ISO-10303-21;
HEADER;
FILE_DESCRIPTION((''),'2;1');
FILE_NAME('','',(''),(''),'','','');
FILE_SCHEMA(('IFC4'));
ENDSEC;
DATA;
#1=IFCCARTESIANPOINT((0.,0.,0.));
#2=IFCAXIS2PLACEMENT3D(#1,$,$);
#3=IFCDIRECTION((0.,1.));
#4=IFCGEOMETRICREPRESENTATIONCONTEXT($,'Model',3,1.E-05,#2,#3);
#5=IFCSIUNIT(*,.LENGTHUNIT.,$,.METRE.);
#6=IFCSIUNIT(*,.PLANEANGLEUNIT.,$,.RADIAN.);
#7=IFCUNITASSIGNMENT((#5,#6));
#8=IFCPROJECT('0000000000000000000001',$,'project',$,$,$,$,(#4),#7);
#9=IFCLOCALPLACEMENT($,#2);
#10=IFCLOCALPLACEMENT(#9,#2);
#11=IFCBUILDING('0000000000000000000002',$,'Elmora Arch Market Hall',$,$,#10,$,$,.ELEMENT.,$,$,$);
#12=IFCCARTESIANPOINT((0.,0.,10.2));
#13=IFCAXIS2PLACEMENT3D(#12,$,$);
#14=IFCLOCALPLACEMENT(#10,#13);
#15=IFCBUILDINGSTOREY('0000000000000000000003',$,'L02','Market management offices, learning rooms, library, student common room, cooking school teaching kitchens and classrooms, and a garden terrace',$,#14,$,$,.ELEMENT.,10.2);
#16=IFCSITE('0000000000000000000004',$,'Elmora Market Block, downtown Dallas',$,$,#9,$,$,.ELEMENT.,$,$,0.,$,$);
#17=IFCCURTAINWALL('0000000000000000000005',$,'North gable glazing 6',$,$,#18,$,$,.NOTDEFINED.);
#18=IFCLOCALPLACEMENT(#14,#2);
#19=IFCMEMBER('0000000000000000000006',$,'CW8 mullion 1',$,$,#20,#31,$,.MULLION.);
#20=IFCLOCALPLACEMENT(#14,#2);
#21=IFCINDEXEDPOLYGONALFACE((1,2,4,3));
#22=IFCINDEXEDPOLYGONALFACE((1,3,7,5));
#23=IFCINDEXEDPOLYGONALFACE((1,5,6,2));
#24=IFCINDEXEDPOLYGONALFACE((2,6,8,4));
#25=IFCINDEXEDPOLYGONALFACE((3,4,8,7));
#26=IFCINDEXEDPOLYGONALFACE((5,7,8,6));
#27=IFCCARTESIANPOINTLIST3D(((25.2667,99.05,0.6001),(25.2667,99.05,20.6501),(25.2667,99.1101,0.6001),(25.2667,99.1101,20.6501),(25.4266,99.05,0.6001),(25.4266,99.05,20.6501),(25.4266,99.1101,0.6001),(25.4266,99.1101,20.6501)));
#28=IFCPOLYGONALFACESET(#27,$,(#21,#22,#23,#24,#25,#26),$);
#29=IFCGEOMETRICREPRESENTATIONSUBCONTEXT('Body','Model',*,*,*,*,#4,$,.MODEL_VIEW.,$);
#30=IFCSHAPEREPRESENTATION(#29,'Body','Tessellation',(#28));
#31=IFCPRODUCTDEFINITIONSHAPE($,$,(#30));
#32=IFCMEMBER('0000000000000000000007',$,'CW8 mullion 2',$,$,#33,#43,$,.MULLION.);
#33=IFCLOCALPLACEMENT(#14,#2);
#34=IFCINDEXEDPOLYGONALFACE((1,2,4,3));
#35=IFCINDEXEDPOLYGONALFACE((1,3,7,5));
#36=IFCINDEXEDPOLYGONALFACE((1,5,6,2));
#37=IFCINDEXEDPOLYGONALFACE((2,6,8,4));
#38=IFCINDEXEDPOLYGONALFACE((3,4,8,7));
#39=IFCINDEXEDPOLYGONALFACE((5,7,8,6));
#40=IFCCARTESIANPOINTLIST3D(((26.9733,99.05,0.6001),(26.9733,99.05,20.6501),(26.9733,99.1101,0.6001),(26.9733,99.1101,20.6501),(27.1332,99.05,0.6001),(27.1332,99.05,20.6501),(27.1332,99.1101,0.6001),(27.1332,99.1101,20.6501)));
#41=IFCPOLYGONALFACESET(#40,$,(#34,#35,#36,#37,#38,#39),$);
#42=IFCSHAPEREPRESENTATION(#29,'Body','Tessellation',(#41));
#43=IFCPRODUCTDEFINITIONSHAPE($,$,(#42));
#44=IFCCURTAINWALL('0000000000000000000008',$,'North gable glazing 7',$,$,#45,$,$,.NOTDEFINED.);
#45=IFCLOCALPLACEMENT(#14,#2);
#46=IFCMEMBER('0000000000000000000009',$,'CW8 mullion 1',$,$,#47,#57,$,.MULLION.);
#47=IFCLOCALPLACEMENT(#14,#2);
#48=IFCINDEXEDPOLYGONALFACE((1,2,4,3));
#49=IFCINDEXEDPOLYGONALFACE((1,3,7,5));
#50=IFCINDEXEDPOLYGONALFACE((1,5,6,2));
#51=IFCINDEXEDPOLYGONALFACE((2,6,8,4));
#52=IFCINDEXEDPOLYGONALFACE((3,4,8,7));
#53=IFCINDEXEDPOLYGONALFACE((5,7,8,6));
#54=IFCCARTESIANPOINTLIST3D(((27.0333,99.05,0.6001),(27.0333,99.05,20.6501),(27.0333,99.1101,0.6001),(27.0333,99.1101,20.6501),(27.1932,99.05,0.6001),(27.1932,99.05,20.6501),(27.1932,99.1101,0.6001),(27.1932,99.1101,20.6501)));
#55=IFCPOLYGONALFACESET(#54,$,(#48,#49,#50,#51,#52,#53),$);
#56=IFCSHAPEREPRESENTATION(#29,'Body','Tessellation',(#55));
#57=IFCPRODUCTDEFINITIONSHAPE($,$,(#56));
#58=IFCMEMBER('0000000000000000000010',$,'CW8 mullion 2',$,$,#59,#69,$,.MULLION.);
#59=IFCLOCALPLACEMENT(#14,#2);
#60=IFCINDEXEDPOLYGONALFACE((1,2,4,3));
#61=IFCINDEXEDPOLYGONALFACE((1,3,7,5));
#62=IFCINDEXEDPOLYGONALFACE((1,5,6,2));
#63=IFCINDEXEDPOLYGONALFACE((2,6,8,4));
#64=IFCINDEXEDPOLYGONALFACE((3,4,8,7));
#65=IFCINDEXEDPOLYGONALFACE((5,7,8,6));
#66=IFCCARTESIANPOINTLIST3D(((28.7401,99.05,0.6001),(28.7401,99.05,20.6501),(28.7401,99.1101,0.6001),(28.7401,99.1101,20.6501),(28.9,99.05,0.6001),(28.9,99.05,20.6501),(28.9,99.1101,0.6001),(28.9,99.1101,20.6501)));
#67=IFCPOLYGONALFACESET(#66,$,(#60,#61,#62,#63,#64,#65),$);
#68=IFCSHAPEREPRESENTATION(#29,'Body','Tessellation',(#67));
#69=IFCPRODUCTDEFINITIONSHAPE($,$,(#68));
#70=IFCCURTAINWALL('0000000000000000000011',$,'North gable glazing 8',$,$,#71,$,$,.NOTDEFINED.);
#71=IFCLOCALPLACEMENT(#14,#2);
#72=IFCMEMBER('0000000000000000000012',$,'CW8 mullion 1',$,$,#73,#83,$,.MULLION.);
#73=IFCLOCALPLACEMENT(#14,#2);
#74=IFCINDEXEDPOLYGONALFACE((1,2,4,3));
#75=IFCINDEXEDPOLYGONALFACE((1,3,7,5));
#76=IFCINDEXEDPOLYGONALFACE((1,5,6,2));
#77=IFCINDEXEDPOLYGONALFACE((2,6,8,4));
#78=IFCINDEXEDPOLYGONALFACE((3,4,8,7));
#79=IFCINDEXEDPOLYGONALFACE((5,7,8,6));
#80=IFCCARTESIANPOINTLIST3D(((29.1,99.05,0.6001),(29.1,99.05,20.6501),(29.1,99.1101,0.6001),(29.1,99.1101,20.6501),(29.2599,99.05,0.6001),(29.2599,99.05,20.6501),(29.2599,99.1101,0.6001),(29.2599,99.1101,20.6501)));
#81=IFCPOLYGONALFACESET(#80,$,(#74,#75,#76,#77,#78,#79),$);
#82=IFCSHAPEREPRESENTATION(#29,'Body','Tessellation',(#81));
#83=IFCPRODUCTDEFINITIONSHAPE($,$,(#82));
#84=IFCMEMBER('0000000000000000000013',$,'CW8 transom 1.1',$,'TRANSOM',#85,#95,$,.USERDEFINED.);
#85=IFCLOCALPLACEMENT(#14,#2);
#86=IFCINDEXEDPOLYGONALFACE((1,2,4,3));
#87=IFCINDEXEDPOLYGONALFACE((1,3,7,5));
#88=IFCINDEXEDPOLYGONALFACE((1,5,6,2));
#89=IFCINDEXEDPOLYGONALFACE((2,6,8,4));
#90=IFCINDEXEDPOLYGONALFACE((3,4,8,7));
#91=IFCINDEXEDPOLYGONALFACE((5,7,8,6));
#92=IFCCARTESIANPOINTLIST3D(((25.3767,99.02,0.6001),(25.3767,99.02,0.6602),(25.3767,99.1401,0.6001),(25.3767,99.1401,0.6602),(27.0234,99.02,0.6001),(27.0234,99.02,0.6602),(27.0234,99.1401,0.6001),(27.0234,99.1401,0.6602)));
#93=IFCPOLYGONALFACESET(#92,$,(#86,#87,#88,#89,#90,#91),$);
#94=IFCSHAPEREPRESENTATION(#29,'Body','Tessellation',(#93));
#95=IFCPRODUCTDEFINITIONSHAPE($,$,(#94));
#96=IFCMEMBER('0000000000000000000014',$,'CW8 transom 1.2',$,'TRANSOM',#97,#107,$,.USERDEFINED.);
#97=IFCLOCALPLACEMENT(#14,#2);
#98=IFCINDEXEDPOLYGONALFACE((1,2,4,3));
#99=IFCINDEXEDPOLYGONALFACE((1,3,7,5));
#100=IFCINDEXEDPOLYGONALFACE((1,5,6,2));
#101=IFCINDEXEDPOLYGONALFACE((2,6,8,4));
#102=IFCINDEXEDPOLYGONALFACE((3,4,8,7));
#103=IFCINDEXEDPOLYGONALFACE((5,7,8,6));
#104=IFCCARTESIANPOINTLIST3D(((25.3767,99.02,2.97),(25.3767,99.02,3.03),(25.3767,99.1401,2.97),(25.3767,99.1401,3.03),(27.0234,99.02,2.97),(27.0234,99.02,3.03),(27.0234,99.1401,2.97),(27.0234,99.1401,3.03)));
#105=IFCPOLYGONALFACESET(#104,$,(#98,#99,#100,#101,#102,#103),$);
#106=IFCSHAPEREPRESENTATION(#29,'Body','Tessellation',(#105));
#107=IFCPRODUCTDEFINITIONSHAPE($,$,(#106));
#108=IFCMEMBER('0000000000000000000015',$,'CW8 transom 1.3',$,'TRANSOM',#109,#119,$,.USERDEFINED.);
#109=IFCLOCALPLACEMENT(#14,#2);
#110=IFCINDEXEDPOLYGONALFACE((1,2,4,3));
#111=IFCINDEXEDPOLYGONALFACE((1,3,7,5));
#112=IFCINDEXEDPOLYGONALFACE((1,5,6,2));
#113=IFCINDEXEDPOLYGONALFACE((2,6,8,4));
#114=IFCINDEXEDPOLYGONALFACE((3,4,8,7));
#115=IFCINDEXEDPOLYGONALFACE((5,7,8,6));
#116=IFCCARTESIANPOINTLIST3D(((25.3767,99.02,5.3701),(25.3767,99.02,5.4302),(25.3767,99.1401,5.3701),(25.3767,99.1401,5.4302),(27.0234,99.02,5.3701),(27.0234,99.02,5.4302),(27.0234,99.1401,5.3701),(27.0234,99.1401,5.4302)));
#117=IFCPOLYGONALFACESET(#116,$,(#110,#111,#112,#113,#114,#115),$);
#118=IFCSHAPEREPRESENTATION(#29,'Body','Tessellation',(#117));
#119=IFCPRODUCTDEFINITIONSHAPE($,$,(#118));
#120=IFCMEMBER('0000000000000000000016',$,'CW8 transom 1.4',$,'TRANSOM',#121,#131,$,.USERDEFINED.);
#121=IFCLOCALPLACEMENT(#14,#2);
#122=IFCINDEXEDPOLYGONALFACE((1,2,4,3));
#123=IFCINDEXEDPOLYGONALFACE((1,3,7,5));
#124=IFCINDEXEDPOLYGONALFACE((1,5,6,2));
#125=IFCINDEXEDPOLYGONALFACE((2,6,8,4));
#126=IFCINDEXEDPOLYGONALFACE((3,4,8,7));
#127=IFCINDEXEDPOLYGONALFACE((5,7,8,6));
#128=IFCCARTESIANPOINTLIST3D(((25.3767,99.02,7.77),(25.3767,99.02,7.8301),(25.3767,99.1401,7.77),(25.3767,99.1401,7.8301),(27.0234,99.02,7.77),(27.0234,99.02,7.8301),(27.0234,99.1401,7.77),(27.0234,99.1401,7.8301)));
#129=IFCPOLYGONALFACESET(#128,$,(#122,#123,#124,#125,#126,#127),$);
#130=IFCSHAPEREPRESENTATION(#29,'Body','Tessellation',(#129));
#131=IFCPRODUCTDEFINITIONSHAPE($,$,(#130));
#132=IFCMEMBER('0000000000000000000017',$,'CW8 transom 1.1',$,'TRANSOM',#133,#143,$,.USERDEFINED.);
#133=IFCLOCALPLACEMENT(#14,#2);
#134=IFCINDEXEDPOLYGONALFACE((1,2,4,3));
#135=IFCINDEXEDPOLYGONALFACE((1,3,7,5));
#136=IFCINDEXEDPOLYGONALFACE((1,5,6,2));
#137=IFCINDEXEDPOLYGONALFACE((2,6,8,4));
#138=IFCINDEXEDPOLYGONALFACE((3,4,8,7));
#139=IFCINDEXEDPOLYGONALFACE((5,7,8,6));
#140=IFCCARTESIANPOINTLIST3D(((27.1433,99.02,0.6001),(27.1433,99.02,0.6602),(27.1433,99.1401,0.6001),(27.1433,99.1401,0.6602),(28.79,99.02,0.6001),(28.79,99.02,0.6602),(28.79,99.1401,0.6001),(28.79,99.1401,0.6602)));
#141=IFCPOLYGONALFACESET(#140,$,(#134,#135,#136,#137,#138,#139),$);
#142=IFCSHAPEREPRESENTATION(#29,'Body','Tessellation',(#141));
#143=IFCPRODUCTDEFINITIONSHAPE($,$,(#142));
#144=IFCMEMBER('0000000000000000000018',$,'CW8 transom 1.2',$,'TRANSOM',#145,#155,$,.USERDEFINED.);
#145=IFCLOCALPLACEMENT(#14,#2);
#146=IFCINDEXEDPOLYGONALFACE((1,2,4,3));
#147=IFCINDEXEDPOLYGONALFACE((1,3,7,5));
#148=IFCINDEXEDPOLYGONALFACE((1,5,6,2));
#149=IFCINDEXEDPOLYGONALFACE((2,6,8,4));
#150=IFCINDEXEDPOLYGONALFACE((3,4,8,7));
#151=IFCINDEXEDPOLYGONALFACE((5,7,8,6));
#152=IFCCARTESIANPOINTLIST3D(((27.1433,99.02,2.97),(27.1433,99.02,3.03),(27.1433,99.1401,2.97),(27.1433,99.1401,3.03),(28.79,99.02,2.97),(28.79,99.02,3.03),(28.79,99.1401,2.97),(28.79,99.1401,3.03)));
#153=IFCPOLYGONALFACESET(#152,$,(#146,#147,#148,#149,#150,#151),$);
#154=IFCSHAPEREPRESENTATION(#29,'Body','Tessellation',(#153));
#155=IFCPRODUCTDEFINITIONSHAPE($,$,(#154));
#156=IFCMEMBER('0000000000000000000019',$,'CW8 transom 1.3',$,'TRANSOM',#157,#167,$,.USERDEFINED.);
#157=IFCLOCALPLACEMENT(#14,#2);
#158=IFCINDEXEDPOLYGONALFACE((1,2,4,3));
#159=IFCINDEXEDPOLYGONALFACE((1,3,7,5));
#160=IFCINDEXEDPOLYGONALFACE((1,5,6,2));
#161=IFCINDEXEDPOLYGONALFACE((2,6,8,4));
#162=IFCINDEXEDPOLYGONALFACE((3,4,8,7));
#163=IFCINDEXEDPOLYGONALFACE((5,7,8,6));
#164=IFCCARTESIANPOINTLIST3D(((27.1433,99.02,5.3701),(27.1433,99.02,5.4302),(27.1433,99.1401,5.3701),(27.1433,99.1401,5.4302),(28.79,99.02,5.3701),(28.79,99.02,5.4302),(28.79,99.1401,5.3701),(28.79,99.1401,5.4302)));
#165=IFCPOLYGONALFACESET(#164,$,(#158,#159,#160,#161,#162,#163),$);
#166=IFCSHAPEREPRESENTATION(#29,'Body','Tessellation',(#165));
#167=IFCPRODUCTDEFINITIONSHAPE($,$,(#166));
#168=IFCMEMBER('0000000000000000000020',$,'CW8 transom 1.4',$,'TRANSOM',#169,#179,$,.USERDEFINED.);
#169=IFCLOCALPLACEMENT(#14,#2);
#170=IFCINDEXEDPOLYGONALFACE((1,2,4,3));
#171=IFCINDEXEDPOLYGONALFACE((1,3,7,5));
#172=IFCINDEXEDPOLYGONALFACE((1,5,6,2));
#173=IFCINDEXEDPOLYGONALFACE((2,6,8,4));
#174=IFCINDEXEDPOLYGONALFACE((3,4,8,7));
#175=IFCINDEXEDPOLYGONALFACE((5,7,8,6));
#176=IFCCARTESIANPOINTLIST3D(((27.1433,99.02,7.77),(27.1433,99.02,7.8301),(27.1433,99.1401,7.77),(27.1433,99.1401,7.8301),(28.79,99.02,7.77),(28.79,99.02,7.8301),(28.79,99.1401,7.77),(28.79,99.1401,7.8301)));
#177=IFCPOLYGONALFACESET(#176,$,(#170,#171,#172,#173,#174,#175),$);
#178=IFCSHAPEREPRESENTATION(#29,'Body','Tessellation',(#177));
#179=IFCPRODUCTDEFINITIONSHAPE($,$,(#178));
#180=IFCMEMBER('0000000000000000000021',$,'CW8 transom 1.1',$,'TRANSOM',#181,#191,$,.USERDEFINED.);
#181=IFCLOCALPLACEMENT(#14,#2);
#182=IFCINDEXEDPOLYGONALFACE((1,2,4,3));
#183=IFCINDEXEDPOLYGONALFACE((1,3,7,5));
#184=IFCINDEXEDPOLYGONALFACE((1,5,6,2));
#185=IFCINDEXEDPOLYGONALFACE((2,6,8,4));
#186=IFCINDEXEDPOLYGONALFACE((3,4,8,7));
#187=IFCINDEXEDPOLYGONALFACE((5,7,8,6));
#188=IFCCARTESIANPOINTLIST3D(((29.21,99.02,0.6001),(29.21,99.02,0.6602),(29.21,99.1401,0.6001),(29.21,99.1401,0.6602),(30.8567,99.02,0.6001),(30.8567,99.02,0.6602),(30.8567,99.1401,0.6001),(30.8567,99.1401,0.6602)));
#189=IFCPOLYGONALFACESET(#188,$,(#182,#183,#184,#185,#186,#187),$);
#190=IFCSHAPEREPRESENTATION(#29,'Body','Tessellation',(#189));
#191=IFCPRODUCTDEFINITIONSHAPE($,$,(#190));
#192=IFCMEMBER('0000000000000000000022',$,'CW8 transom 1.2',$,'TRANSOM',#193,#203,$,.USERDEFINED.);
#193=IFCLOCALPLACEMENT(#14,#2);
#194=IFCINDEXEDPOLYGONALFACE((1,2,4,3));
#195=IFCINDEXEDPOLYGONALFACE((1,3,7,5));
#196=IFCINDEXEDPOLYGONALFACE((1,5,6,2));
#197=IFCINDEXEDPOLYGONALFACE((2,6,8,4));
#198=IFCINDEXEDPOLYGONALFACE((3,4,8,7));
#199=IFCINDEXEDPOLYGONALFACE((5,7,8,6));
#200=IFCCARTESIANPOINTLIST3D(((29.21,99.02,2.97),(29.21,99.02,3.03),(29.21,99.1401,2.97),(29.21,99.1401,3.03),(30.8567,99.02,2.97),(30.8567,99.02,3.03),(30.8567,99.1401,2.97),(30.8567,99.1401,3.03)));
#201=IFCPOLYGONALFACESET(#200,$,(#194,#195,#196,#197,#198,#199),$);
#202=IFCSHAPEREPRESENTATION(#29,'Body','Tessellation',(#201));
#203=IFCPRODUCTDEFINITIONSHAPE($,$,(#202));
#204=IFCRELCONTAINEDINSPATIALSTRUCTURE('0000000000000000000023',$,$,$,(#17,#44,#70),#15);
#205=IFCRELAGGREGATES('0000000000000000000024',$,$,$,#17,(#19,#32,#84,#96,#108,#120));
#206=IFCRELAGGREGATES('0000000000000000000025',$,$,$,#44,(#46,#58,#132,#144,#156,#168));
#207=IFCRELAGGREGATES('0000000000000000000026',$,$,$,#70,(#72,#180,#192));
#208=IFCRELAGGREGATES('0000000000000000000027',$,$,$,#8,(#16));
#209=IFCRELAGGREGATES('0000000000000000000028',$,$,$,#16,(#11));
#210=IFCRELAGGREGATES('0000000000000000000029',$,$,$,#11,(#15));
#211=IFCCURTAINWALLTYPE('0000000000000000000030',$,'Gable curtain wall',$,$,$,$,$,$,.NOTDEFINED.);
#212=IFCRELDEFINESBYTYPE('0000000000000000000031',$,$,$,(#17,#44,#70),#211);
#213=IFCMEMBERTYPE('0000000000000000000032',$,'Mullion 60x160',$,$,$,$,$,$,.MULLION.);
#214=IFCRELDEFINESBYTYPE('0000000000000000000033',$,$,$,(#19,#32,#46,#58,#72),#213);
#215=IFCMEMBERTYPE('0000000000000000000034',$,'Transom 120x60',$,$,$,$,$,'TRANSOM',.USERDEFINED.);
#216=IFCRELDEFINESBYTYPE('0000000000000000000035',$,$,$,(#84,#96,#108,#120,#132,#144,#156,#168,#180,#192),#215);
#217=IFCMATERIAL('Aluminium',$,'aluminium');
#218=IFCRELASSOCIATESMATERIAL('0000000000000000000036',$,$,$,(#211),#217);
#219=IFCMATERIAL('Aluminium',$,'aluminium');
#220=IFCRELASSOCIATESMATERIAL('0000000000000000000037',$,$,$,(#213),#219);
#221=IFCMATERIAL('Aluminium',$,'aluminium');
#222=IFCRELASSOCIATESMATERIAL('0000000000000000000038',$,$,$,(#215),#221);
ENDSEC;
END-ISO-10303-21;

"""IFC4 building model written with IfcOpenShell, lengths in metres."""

from ifc_helpers import new_model, si_unit, direction, frame, origin, origin_2d, place, context, subcontext, project, spatial, rectangle, extrude, material, material_profile, profile_set, type_object, element, aggregate, save


model = new_model("IFC4")

# Units and contexts
model_context = context("Model", 3, precision=1e-05, world=origin(), true_north=direction((0.0, 1.0)))
body_context = subcontext(model_context, "Body", "Model", "MODEL_VIEW")
ifc_project = project(units=[si_unit("LENGTHUNIT", "METRE"), si_unit("PLANEANGLEUNIT", "RADIAN")], contexts=[model_context])

# Site, building, storey
site_placement = place(None, origin())
site = spatial("IfcSite", under=ifc_project, at=site_placement, Name="Elmora Market Block, downtown Dallas", CompositionType="ELEMENT", RefElevation=0.0)
building_placement = place(site_placement, origin())
building = spatial("IfcBuilding", under=site, at=building_placement, Name="Elmora Arch Market Hall", CompositionType="ELEMENT")
storey_placement = place(building_placement, frame((0.0, 0.0, 10.2)))
storey = spatial("IfcBuildingStorey", under=building, at=storey_placement, Name="L02", Description="Market management offices, learning rooms, library, student common room, cooking school teaching kitchens and classrooms, and a garden terrace", CompositionType="ELEMENT", Elevation=10.2)

# Curtain walls, members
ifc_material_1 = material(Name="Aluminium", Category="aluminium")
curtain_wall_type = type_object("IfcCurtainWallType", Name="Gable curtain wall", PredefinedType="NOTDEFINED", material=ifc_material_1)
curtain_wall_1_placement = place(storey_placement, origin())
curtain_wall_1 = element("IfcCurtainWall", 1, at=curtain_wall_1_placement, inside=storey, type_object=curtain_wall_type, Name="North gable glazing 6", PredefinedType="NOTDEFINED")
ifc_material_2 = material(Name="Aluminium", Category="aluminium")
ifc_material_profile_1 = material_profile(ifc_material_2, rectangle(XDim=0.0601, YDim=0.1599, at=origin_2d()), Name="AL 60x160")
ifc_profile_set_1 = profile_set([ifc_material_profile_1], Name="Aluminium")
member_type_1 = type_object("IfcMemberType", Name="Mullion 60x160", PredefinedType="MULLION", material=ifc_profile_set_1)
member_1_placement = place(storey_placement, frame((25.3467, 99.0801, 0.6001), z_axis=(0.0, 0.0, 1.0), x_axis=(0.0, 1.0, 0.0)))
member_1 = element("IfcMember", 2, at=member_1_placement, type_object=member_type_1, Name="CW8 mullion 1", PredefinedType="MULLION", context=body_context, shape_type="SweptSolid", body=[
    extrude(rectangle(XDim=0.0601, YDim=0.1599, at=origin_2d()), origin(), (0.0, 0.0, 1.0), 20.05),
])
member_2_placement = place(storey_placement, frame((27.0532, 99.0801, 0.6001), z_axis=(0.0, 0.0, 1.0), x_axis=(0.0, 1.0, 0.0)))
member_2 = element("IfcMember", 3, at=member_2_placement, type_object=member_type_1, Name="CW8 mullion 2", PredefinedType="MULLION", context=body_context, shape_type="SweptSolid", body=[
    extrude(rectangle(XDim=0.0601, YDim=0.1599, at=origin_2d()), origin(), (0.0, 0.0, 1.0), 20.05),
])
curtain_wall_2_placement = place(storey_placement, origin())
curtain_wall_2 = element("IfcCurtainWall", 4, at=curtain_wall_2_placement, inside=storey, type_object=curtain_wall_type, Name="North gable glazing 7", PredefinedType="NOTDEFINED")
member_3_placement = place(storey_placement, frame((27.1133, 99.0801, 0.6001), z_axis=(0.0, 0.0, 1.0), x_axis=(0.0, 1.0, 0.0)))
member_3 = element("IfcMember", 5, at=member_3_placement, type_object=member_type_1, Name="CW8 mullion 1", PredefinedType="MULLION", context=body_context, shape_type="SweptSolid", body=[
    extrude(rectangle(XDim=0.0601, YDim=0.1599, at=origin_2d()), origin(), (0.0, 0.0, 1.0), 20.05),
])
member_4_placement = place(storey_placement, frame((28.8201, 99.0801, 0.6001), z_axis=(0.0, 0.0, 1.0), x_axis=(0.0, 1.0, 0.0)))
member_4 = element("IfcMember", 6, at=member_4_placement, type_object=member_type_1, Name="CW8 mullion 2", PredefinedType="MULLION", context=body_context, shape_type="SweptSolid", body=[
    extrude(rectangle(XDim=0.0601, YDim=0.1599, at=origin_2d()), origin(), (0.0, 0.0, 1.0), 20.05),
])

# Curtain wall, member
curtain_wall_3_placement = place(storey_placement, origin())
curtain_wall_3 = element("IfcCurtainWall", 7, at=curtain_wall_3_placement, inside=storey, type_object=curtain_wall_type, Name="North gable glazing 8", PredefinedType="NOTDEFINED")
member_5_placement = place(storey_placement, frame((29.1799, 99.0801, 0.6001), z_axis=(0.0, 0.0, 1.0), x_axis=(0.0, 1.0, 0.0)))
member_5 = element("IfcMember", 8, at=member_5_placement, type_object=member_type_1, Name="CW8 mullion 1", PredefinedType="MULLION", context=body_context, shape_type="SweptSolid", body=[
    extrude(rectangle(XDim=0.0601, YDim=0.1599, at=origin_2d()), origin(), (0.0, 0.0, 1.0), 20.05),
])

# Members
ifc_material_3 = material(Name="Aluminium", Category="aluminium")
ifc_material_profile_2 = material_profile(ifc_material_3, rectangle(XDim=0.1201, YDim=0.0601, at=origin_2d()), Name="AL 120x60")
ifc_profile_set_2 = profile_set([ifc_material_profile_2], Name="Aluminium")
member_type_2 = type_object("IfcMemberType", Name="Transom 120x60", ElementType="TRANSOM", PredefinedType="USERDEFINED", material=ifc_profile_set_2)
member_6_placement = place(storey_placement, frame((25.3767, 99.0801, 0.6301), z_axis=(1.0, 0.0, 0.0), x_axis=(0.0, 1.0, 0.0)))
member_6 = element("IfcMember", 9, at=member_6_placement, type_object=member_type_2, Name="CW8 transom 1.1", ObjectType="TRANSOM", PredefinedType="USERDEFINED", context=body_context, shape_type="SweptSolid", body=[
    extrude(rectangle(XDim=0.1201, YDim=0.0601, at=origin_2d()), origin(), (0.0, 0.0, 1.0), 1.6467),
])
member_7_placement = place(storey_placement, frame((25.3767, 99.0801, 3.0), z_axis=(1.0, 0.0, 0.0), x_axis=(0.0, 1.0, 0.0)))
member_7 = element("IfcMember", 10, at=member_7_placement, type_object=member_type_2, Name="CW8 transom 1.2", ObjectType="TRANSOM", PredefinedType="USERDEFINED", context=body_context, shape_type="SweptSolid", body=[
    extrude(rectangle(XDim=0.1201, YDim=0.0601, at=origin_2d()), origin(), (0.0, 0.0, 1.0), 1.6467),
])
member_8_placement = place(storey_placement, frame((25.3767, 99.0801, 5.4001), z_axis=(1.0, 0.0, 0.0), x_axis=(0.0, 1.0, 0.0)))
member_8 = element("IfcMember", 11, at=member_8_placement, type_object=member_type_2, Name="CW8 transom 1.3", ObjectType="TRANSOM", PredefinedType="USERDEFINED", context=body_context, shape_type="SweptSolid", body=[
    extrude(rectangle(XDim=0.1201, YDim=0.0601, at=origin_2d()), origin(), (0.0, 0.0, 1.0), 1.6467),
])
member_9_placement = place(storey_placement, frame((25.3767, 99.0801, 7.8), z_axis=(1.0, 0.0, 0.0), x_axis=(0.0, 1.0, 0.0)))
member_9 = element("IfcMember", 12, at=member_9_placement, type_object=member_type_2, Name="CW8 transom 1.4", ObjectType="TRANSOM", PredefinedType="USERDEFINED", context=body_context, shape_type="SweptSolid", body=[
    extrude(rectangle(XDim=0.1201, YDim=0.0601, at=origin_2d()), origin(), (0.0, 0.0, 1.0), 1.6467),
])
member_10_placement = place(storey_placement, frame((27.1433, 99.0801, 0.6301), z_axis=(1.0, 0.0, 0.0), x_axis=(0.0, 1.0, 0.0)))
member_10 = element("IfcMember", 13, at=member_10_placement, type_object=member_type_2, Name="CW8 transom 1.1", ObjectType="TRANSOM", PredefinedType="USERDEFINED", context=body_context, shape_type="SweptSolid", body=[
    extrude(rectangle(XDim=0.1201, YDim=0.0601, at=origin_2d()), origin(), (0.0, 0.0, 1.0), 1.6467),
])
member_11_placement = place(storey_placement, frame((27.1433, 99.0801, 3.0), z_axis=(1.0, 0.0, 0.0), x_axis=(0.0, 1.0, 0.0)))
member_11 = element("IfcMember", 14, at=member_11_placement, type_object=member_type_2, Name="CW8 transom 1.2", ObjectType="TRANSOM", PredefinedType="USERDEFINED", context=body_context, shape_type="SweptSolid", body=[
    extrude(rectangle(XDim=0.1201, YDim=0.0601, at=origin_2d()), origin(), (0.0, 0.0, 1.0), 1.6467),
])
member_12_placement = place(storey_placement, frame((27.1433, 99.0801, 5.4001), z_axis=(1.0, 0.0, 0.0), x_axis=(0.0, 1.0, 0.0)))
member_12 = element("IfcMember", 15, at=member_12_placement, type_object=member_type_2, Name="CW8 transom 1.3", ObjectType="TRANSOM", PredefinedType="USERDEFINED", context=body_context, shape_type="SweptSolid", body=[
    extrude(rectangle(XDim=0.1201, YDim=0.0601, at=origin_2d()), origin(), (0.0, 0.0, 1.0), 1.6467),
])
member_13_placement = place(storey_placement, frame((27.1433, 99.0801, 7.8), z_axis=(1.0, 0.0, 0.0), x_axis=(0.0, 1.0, 0.0)))
member_13 = element("IfcMember", 16, at=member_13_placement, type_object=member_type_2, Name="CW8 transom 1.4", ObjectType="TRANSOM", PredefinedType="USERDEFINED", context=body_context, shape_type="SweptSolid", body=[
    extrude(rectangle(XDim=0.1201, YDim=0.0601, at=origin_2d()), origin(), (0.0, 0.0, 1.0), 1.6467),
])
member_14_placement = place(storey_placement, frame((29.21, 99.0801, 0.6301), z_axis=(1.0, 0.0, 0.0), x_axis=(0.0, 1.0, 0.0)))
member_14 = element("IfcMember", 17, at=member_14_placement, type_object=member_type_2, Name="CW8 transom 1.1", ObjectType="TRANSOM", PredefinedType="USERDEFINED", context=body_context, shape_type="SweptSolid", body=[
    extrude(rectangle(XDim=0.1201, YDim=0.0601, at=origin_2d()), origin(), (0.0, 0.0, 1.0), 1.6467),
])
member_15_placement = place(storey_placement, frame((29.21, 99.0801, 3.0), z_axis=(1.0, 0.0, 0.0), x_axis=(0.0, 1.0, 0.0)))
member_15 = element("IfcMember", 18, at=member_15_placement, type_object=member_type_2, Name="CW8 transom 1.2", ObjectType="TRANSOM", PredefinedType="USERDEFINED", context=body_context, shape_type="SweptSolid", body=[
    extrude(rectangle(XDim=0.1201, YDim=0.0601, at=origin_2d()), origin(), (0.0, 0.0, 1.0), 1.6467),
])

aggregate(curtain_wall_1, [member_1, member_2, member_6, member_7, member_8, member_9])
aggregate(curtain_wall_2, [member_3, member_4, member_10, member_11, member_12, member_13])
aggregate(curtain_wall_3, [member_5, member_14, member_15])

save(model, "model.ifc")
